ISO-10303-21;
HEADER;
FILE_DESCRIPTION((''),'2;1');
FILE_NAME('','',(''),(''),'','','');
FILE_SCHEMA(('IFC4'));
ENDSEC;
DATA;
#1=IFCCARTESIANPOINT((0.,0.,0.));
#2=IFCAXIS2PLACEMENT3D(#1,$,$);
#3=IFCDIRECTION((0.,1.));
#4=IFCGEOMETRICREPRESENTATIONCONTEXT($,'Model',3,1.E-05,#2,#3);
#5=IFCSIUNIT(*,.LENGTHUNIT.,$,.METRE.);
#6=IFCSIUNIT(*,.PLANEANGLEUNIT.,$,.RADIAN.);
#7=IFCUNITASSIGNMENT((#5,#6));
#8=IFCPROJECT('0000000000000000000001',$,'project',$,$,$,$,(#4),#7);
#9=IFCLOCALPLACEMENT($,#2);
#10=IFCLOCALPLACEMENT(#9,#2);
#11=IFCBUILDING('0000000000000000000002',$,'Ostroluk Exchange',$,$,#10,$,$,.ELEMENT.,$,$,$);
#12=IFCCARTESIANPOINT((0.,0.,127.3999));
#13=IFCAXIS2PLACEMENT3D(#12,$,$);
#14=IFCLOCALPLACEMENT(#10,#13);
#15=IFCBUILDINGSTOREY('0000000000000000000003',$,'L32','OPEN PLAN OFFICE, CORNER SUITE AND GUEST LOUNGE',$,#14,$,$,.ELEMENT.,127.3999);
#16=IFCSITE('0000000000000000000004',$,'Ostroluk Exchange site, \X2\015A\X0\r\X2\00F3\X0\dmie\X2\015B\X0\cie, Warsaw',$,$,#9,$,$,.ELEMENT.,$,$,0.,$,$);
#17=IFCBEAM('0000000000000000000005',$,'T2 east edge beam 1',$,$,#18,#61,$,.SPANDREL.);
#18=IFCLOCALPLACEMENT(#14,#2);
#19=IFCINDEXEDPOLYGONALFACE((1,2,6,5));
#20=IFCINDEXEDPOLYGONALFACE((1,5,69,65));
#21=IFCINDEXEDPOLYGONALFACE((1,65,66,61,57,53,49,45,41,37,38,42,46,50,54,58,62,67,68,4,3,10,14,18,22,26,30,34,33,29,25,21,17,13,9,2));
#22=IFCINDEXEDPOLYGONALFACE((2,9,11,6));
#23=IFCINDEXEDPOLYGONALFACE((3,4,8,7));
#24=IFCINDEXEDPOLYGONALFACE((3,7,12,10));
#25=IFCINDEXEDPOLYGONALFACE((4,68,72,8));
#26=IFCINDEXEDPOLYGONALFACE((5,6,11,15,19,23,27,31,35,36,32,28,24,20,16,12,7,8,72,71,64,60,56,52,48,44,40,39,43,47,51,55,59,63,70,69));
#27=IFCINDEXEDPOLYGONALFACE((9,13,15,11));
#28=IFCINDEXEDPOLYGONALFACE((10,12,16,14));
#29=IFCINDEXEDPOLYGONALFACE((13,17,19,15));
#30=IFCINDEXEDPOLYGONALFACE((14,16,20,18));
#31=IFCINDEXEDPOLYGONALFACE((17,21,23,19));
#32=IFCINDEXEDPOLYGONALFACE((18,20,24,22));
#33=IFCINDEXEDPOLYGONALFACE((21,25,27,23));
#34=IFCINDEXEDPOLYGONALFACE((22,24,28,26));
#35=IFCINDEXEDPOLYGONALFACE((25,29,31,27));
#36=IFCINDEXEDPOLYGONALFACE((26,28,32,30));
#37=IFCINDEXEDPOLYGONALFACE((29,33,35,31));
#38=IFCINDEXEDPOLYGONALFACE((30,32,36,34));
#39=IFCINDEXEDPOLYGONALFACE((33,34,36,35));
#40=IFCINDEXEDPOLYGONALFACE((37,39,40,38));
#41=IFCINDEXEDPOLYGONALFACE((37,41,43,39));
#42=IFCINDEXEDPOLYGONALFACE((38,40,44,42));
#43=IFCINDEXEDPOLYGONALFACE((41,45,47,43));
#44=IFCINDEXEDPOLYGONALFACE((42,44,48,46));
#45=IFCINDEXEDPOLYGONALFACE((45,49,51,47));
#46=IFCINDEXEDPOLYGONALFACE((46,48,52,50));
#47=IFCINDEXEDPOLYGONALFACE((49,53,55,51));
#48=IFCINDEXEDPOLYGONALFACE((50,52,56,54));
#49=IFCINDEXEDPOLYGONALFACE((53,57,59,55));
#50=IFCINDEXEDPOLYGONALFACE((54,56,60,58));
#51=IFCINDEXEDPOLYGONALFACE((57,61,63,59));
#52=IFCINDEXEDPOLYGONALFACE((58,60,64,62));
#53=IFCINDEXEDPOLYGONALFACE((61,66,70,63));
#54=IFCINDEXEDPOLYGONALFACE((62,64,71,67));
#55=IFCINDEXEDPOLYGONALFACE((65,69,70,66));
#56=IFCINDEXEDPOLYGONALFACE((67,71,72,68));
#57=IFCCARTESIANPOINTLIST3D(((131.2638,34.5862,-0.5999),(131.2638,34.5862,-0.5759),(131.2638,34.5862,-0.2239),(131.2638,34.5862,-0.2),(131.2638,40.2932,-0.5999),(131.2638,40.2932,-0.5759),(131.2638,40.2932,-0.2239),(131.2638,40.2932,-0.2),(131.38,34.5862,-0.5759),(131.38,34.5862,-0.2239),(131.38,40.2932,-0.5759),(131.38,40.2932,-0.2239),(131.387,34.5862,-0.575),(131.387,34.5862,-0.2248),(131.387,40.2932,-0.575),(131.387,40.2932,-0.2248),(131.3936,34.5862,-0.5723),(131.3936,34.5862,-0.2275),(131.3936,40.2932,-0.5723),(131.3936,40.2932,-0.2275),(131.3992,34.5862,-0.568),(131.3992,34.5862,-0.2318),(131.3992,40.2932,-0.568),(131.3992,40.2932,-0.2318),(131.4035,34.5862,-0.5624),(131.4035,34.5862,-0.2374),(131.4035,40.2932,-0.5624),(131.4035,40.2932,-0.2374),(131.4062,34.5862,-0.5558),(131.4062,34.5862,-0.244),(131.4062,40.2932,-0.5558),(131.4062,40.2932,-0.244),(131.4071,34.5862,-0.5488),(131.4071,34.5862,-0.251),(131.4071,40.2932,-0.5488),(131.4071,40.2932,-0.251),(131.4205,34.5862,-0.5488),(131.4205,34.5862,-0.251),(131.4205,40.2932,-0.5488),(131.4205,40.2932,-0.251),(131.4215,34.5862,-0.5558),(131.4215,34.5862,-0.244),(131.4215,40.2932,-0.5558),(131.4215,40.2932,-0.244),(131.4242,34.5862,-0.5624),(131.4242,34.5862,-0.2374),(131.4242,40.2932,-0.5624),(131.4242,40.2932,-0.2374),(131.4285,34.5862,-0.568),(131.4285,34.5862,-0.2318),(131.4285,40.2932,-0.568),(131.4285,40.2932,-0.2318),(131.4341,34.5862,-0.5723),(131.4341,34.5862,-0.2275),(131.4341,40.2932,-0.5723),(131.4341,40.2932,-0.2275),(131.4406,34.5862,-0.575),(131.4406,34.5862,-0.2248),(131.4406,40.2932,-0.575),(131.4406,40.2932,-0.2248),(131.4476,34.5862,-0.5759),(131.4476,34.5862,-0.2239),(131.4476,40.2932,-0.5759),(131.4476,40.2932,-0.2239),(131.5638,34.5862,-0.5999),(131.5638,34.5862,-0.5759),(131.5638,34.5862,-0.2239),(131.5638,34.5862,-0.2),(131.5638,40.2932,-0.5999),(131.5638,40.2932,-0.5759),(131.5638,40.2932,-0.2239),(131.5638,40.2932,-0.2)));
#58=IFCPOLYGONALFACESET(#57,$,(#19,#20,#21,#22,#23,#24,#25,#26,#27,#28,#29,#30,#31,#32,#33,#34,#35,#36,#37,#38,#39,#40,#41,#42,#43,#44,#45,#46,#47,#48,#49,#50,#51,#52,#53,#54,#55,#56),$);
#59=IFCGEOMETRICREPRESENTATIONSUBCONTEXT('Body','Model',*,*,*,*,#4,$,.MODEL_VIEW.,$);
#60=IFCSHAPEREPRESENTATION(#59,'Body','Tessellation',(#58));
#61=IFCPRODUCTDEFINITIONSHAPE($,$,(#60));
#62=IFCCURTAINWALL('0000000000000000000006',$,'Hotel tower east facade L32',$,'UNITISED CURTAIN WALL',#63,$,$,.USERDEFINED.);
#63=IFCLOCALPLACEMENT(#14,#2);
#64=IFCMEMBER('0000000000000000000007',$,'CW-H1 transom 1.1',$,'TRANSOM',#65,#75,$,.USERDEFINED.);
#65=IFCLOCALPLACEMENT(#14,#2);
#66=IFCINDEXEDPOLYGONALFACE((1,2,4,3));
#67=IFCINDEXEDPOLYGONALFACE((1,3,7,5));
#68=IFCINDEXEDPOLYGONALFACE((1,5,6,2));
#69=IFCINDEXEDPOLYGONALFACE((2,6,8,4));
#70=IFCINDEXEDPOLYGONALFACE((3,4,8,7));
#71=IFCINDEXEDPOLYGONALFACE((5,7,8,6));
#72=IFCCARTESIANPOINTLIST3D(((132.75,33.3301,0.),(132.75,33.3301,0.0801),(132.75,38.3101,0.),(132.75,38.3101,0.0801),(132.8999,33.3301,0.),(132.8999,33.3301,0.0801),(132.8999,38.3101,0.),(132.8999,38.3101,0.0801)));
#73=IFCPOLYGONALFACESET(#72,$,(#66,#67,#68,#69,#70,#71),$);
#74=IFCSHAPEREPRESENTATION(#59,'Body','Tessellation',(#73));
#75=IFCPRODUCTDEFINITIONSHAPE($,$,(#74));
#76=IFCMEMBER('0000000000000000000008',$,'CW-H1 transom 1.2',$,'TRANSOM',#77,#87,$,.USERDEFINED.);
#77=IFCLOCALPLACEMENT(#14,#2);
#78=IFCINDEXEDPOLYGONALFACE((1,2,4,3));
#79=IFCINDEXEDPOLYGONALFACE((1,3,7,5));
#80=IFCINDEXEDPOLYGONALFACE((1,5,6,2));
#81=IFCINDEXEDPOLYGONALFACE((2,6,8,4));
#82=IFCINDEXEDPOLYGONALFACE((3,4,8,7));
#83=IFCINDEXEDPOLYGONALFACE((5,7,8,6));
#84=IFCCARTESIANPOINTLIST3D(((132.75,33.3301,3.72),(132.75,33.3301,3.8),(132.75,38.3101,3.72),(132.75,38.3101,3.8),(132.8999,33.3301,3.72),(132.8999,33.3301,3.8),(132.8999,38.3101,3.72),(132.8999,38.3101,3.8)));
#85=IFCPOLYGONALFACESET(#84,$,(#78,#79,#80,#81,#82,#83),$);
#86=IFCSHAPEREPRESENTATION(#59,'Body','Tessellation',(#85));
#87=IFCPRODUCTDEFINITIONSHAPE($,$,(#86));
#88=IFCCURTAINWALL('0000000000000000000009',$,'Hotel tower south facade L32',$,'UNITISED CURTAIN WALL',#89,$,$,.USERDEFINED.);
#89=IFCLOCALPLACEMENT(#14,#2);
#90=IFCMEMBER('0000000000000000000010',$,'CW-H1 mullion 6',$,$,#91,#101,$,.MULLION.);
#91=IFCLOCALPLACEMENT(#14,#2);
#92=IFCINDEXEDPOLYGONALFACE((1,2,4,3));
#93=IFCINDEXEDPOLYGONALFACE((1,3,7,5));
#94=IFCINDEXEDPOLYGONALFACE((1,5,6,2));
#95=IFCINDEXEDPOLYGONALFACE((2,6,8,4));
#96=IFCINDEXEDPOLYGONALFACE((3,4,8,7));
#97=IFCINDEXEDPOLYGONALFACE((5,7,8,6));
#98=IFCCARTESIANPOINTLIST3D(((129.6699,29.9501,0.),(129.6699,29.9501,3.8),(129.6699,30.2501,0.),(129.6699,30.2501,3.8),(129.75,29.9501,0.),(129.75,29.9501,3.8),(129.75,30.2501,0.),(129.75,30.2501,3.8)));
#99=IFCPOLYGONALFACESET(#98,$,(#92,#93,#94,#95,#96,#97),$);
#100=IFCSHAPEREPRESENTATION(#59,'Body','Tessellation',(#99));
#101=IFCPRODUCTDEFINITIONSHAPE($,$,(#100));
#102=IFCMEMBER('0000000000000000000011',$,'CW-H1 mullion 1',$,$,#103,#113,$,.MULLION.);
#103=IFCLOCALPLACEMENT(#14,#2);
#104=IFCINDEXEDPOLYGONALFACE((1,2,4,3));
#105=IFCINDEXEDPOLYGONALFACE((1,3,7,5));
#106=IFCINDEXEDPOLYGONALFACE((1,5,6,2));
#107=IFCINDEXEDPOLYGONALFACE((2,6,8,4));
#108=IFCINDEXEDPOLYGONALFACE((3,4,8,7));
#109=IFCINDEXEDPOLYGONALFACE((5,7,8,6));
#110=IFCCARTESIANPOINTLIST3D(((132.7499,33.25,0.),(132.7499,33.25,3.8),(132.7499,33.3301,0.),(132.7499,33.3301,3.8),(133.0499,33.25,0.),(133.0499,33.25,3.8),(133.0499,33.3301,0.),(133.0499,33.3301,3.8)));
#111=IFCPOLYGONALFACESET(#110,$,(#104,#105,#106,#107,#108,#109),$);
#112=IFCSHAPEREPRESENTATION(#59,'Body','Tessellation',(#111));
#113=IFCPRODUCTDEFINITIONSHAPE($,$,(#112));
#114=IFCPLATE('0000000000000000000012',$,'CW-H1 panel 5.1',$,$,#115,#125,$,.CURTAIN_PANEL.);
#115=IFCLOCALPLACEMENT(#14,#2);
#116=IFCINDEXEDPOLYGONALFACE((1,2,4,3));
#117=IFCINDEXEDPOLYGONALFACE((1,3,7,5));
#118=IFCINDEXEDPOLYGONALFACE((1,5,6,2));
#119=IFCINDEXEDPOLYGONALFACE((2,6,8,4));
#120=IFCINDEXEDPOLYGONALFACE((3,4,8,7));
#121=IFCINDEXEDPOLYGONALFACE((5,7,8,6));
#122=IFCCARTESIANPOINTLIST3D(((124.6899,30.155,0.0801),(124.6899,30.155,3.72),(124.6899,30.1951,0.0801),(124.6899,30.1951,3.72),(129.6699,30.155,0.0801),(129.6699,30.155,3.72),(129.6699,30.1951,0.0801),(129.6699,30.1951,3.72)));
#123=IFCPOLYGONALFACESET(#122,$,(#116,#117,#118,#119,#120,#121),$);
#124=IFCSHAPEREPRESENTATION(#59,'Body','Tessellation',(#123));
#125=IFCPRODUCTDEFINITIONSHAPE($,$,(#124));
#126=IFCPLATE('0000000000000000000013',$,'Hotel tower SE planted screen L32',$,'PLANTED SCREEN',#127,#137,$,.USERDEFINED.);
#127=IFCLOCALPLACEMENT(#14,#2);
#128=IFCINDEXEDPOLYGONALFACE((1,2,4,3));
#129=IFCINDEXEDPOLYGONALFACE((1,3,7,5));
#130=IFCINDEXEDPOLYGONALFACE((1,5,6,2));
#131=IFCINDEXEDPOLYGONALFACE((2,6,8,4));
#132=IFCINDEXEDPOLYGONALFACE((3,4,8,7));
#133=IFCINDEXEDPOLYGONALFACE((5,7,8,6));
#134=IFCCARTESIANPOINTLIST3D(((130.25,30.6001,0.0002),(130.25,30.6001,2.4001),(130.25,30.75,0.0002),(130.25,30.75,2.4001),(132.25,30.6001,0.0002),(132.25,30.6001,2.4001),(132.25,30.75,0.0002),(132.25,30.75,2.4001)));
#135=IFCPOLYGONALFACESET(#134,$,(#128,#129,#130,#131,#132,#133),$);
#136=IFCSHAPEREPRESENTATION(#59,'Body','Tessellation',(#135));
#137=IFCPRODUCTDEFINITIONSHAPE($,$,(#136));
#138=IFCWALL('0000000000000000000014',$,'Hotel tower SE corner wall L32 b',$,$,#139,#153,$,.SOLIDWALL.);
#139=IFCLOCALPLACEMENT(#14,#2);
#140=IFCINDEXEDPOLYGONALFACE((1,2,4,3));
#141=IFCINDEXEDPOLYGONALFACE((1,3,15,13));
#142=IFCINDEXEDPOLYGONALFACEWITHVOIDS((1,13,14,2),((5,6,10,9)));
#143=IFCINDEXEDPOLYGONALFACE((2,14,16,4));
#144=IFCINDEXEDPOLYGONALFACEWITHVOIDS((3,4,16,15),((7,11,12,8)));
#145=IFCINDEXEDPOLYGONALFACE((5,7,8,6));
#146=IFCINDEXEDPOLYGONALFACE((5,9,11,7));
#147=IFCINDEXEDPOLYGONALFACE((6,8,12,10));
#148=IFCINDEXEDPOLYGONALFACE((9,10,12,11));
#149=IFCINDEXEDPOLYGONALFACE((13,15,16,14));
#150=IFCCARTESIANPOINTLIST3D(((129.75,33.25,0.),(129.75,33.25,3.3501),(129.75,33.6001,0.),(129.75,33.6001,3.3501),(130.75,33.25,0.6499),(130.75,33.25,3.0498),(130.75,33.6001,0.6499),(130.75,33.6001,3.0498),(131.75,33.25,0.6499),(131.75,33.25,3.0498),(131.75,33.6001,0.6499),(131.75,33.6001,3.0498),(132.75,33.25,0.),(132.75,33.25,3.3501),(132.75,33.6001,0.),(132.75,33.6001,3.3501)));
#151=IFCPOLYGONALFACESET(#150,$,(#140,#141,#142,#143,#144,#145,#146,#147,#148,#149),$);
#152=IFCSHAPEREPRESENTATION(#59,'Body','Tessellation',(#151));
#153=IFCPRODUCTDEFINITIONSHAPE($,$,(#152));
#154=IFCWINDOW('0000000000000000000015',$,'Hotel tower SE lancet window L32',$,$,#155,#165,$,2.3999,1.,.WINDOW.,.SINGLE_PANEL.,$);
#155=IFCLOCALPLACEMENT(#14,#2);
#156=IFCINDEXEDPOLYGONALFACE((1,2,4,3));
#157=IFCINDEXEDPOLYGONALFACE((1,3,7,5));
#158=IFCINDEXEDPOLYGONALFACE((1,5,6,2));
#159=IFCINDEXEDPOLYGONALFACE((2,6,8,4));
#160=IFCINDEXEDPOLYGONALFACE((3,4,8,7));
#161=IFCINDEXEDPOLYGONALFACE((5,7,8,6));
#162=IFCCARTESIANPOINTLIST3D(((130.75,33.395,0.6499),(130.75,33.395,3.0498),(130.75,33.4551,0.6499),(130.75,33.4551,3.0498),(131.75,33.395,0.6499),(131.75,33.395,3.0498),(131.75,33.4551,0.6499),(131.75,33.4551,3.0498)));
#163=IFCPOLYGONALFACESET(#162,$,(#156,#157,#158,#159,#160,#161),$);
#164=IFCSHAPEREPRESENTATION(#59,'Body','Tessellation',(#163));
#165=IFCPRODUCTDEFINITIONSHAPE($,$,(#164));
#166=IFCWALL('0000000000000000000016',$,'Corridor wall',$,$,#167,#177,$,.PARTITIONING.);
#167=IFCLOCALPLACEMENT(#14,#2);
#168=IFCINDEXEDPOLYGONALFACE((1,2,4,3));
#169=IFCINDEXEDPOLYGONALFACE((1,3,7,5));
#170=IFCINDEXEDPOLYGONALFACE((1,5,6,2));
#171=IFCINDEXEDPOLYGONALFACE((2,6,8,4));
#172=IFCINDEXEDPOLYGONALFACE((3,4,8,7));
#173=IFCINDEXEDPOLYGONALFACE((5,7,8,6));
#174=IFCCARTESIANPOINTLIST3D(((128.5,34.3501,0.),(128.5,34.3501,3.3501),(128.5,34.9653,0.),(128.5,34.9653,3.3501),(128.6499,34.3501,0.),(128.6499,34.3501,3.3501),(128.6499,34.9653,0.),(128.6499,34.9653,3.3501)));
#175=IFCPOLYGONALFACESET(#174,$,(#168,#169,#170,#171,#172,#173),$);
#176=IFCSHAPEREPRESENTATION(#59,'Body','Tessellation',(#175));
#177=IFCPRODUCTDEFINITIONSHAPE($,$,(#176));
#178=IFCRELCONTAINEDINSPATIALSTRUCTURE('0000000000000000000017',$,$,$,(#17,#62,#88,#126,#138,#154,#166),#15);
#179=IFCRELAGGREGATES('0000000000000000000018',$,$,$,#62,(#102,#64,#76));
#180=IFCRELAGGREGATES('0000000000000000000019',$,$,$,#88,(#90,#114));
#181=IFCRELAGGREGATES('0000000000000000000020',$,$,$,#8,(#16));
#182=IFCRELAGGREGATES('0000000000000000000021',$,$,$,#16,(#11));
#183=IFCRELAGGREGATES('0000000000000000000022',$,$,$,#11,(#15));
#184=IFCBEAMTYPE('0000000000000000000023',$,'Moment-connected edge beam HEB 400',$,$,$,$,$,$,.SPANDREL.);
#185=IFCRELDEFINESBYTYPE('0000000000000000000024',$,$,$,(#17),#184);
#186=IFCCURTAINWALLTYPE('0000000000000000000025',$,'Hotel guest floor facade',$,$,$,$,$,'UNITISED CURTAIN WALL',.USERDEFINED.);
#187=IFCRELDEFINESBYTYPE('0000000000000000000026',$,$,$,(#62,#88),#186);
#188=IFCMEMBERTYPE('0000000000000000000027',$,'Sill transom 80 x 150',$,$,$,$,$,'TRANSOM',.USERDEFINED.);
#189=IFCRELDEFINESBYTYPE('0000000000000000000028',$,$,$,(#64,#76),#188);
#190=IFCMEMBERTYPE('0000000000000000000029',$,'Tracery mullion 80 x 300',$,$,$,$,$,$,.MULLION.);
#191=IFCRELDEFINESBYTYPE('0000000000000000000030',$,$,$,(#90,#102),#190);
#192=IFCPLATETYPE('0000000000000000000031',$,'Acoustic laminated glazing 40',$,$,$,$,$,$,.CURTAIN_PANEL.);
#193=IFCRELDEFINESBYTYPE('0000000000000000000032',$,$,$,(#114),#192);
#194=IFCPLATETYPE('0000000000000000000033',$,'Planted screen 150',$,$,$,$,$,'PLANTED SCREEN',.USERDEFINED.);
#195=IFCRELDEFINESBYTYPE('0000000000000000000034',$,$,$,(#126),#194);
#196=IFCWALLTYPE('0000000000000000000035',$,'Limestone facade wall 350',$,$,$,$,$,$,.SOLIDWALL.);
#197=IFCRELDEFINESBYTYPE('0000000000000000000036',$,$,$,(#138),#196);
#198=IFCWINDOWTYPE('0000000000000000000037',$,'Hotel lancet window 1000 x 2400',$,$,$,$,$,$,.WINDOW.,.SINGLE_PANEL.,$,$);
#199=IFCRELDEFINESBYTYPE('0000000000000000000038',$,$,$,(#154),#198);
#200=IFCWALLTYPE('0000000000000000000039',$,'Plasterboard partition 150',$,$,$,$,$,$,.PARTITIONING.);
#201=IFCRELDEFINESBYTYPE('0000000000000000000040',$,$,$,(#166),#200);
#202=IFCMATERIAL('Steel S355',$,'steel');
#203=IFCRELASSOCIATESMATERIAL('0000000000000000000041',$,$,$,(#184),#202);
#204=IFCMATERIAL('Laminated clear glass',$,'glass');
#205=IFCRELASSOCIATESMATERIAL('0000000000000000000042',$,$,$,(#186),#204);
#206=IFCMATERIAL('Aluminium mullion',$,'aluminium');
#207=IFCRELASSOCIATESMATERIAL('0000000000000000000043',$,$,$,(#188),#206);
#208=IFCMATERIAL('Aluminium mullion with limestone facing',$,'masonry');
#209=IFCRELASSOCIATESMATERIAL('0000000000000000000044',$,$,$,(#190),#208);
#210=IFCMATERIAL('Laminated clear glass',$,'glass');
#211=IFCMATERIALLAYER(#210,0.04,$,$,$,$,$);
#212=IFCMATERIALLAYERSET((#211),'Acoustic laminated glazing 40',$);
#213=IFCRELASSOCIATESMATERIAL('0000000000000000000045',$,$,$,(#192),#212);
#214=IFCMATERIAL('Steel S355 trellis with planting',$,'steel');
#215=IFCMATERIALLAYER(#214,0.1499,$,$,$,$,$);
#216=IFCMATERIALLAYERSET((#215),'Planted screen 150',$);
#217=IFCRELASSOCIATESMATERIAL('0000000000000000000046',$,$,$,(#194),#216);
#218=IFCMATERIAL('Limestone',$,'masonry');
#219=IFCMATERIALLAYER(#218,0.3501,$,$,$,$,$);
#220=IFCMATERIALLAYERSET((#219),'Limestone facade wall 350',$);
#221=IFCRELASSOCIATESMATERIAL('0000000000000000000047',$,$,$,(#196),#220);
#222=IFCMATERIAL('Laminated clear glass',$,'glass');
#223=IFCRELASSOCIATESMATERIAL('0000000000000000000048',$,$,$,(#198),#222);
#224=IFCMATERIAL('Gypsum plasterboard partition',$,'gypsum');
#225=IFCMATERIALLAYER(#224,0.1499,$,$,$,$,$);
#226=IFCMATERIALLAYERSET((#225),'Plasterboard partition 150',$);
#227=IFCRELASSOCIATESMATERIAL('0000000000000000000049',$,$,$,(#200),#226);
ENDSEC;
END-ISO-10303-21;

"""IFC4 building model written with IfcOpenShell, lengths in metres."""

from ifc_helpers import new_model, si_unit, direction, frame, frame_2d, origin, origin_2d, place, context, subcontext, project, spatial, rectangle, i_section, extrude, material, layer, layer_set, material_profile, profile_set, type_object, element, fill, aggregate, save


model = new_model("IFC4")

# Units and contexts
model_context = context("Model", 3, precision=1e-05, world=origin(), true_north=direction((0.0, 1.0)))
body_context = subcontext(model_context, "Body", "Model", "MODEL_VIEW")
ifc_project = project(units=[si_unit("LENGTHUNIT", "METRE"), si_unit("PLANEANGLEUNIT", "RADIAN")], contexts=[model_context])

# Site, building, storey
site_placement = place(None, origin())
site = spatial("IfcSite", under=ifc_project, at=site_placement, Name="Ostroluk Exchange site, Śródmieście, Warsaw", CompositionType="ELEMENT", RefElevation=0.0)
building_placement = place(site_placement, origin())
building = spatial("IfcBuilding", under=site, at=building_placement, Name="Ostroluk Exchange", CompositionType="ELEMENT")
storey_placement = place(building_placement, frame((0.0, 0.0, 127.3999)))
storey = spatial("IfcBuildingStorey", under=building, at=storey_placement, Name="L32", Description="OPEN PLAN OFFICE, CORNER SUITE AND GUEST LOUNGE", CompositionType="ELEMENT", Elevation=127.3999)

# Beam
ifc_material_1 = material(Name="Steel S355", Category="steel")
ifc_material_profile_1 = material_profile(ifc_material_1, i_section(OverallWidth=0.3, OverallDepth=0.3999, WebThickness=0.0134, FlangeThickness=0.0239, FilletRadius=0.0271, at=origin_2d()), Name="HEB 400")
ifc_profile_set_1 = profile_set([ifc_material_profile_1], Name="Steel S355")
beam_type_1 = type_object("IfcBeamType", Name="Moment-connected edge beam HEB 400", PredefinedType="SPANDREL", material=ifc_profile_set_1)
beam_placement = place(storey_placement, frame((131.4138, 34.5862, -0.3999), z_axis=(0.0, 1.0, 0.0), x_axis=(-1.0, 0.0, 0.0)))
element("IfcBeam", 1, at=beam_placement, inside=storey, type_object=beam_type_1, Name="T2 east edge beam 1", PredefinedType="SPANDREL", context=body_context, shape_type="SweptSolid", body=[
    extrude(i_section(OverallWidth=0.3, OverallDepth=0.3999, WebThickness=0.0134, FlangeThickness=0.0239, FilletRadius=0.0271, at=origin_2d()), origin(), (0.0, 0.0, 1.0), 5.707),
])

# Curtain wall, members
ifc_material_2 = material(Name="Laminated clear glass", Category="glass")
curtain_wall_type = type_object("IfcCurtainWallType", Name="Hotel guest floor facade", ElementType="UNITISED CURTAIN WALL", PredefinedType="USERDEFINED", material=ifc_material_2)
curtain_wall_1_placement = place(storey_placement, origin())
curtain_wall_1 = element("IfcCurtainWall", 2, at=curtain_wall_1_placement, inside=storey, type_object=curtain_wall_type, Name="Hotel tower east facade L32", ObjectType="UNITISED CURTAIN WALL", PredefinedType="USERDEFINED")
ifc_material_3 = material(Name="Aluminium mullion", Category="aluminium")
ifc_material_profile_2 = material_profile(ifc_material_3, rectangle(XDim=0.1499, YDim=0.0801, at=origin_2d()), Name="Sill transom 80 x 150")
ifc_profile_set_2 = profile_set([ifc_material_profile_2], Name="Aluminium mullion")
member_type_1 = type_object("IfcMemberType", Name="Sill transom 80 x 150", ElementType="TRANSOM", PredefinedType="USERDEFINED", material=ifc_profile_set_2)
member_1_placement = place(storey_placement, frame((132.825, 33.3301, 0.04), z_axis=(0.0, 1.0, 0.0), x_axis=(-1.0, 0.0, 0.0)))
member_1 = element("IfcMember", 3, at=member_1_placement, type_object=member_type_1, Name="CW-H1 transom 1.1", ObjectType="TRANSOM", PredefinedType="USERDEFINED", context=body_context, shape_type="SweptSolid", body=[
    extrude(rectangle(XDim=0.1499, YDim=0.0801, at=origin_2d()), origin(), (0.0, 0.0, 1.0), 4.98),
])
member_2_placement = place(storey_placement, frame((132.825, 33.3301, 3.76), z_axis=(0.0, 1.0, 0.0), x_axis=(-1.0, 0.0, 0.0)))
member_2 = element("IfcMember", 4, at=member_2_placement, type_object=member_type_1, Name="CW-H1 transom 1.2", ObjectType="TRANSOM", PredefinedType="USERDEFINED", context=body_context, shape_type="SweptSolid", body=[
    extrude(rectangle(XDim=0.1499, YDim=0.0801, at=origin_2d()), origin(), (0.0, 0.0, 1.0), 4.98),
])

# Curtain wall, member
curtain_wall_2_placement = place(storey_placement, origin())
curtain_wall_2 = element("IfcCurtainWall", 5, at=curtain_wall_2_placement, inside=storey, type_object=curtain_wall_type, Name="Hotel tower south facade L32", ObjectType="UNITISED CURTAIN WALL", PredefinedType="USERDEFINED")
ifc_material_4 = material(Name="Aluminium mullion with limestone facing", Category="masonry")
ifc_material_profile_3 = material_profile(ifc_material_4, rectangle(XDim=0.3, YDim=0.0801, at=origin_2d()), Name="Tracery mullion 80 x 300")
ifc_profile_set_3 = profile_set([ifc_material_profile_3], Name="Aluminium mullion with limestone facing")
member_type_2 = type_object("IfcMemberType", Name="Tracery mullion 80 x 300", PredefinedType="MULLION", material=ifc_profile_set_3)
member_3_placement = place(storey_placement, frame((129.71, 30.1001, 0.0), z_axis=(0.0, 0.0, 1.0), x_axis=(0.0, 1.0, 0.0)))
member_3 = element("IfcMember", 6, at=member_3_placement, type_object=member_type_2, Name="CW-H1 mullion 6", PredefinedType="MULLION", context=body_context, shape_type="SweptSolid", body=[
    extrude(rectangle(XDim=0.3, YDim=0.0801, at=origin_2d()), origin(), (0.0, 0.0, 1.0), 3.8),
])

# Member
member_4_placement = place(storey_placement, frame((132.8999, 33.29, 0.0), z_axis=(0.0, 0.0, 1.0), x_axis=(-1.0, 0.0, 0.0)))
member_4 = element("IfcMember", 7, at=member_4_placement, type_object=member_type_2, Name="CW-H1 mullion 1", PredefinedType="MULLION", context=body_context, shape_type="SweptSolid", body=[
    extrude(rectangle(XDim=0.3, YDim=0.0801, at=origin_2d()), origin(), (0.0, 0.0, 1.0), 3.8),
])
aggregate(curtain_wall_1, [member_4, member_1, member_2])

# Plates
ifc_material_5 = material(Name="Laminated clear glass", Category="glass")
ifc_layer_1 = layer(ifc_material_5, 0.04)
ifc_layer_set_1 = layer_set([ifc_layer_1], Name="Acoustic laminated glazing 40")
plate_type_1 = type_object("IfcPlateType", Name="Acoustic laminated glazing 40", PredefinedType="CURTAIN_PANEL", material=ifc_layer_set_1)
plate_1_placement = place(storey_placement, frame((127.1799, 30.175, 0.0801), z_axis=(0.0, 0.0, 1.0), x_axis=(1.0, 0.0, 0.0)))
plate_1 = element("IfcPlate", 8, at=plate_1_placement, type_object=plate_type_1, Name="CW-H1 panel 5.1", PredefinedType="CURTAIN_PANEL", context=body_context, shape_type="SweptSolid", body=[
    extrude(rectangle(XDim=4.98, YDim=0.04, at=origin_2d()), origin(), (0.0, 0.0, 1.0), 3.6399),
])
aggregate(curtain_wall_2, [member_3, plate_1])
ifc_material_6 = material(Name="Steel S355 trellis with planting", Category="steel")
ifc_layer_2 = layer(ifc_material_6, 0.1499)
ifc_layer_set_2 = layer_set([ifc_layer_2], Name="Planted screen 150")
plate_type_2 = type_object("IfcPlateType", Name="Planted screen 150", ElementType="PLANTED SCREEN", PredefinedType="USERDEFINED", material=ifc_layer_set_2)
plate_2_placement = place(storey_placement, frame((131.25, 30.675, 0.0002), z_axis=(0.0, 0.0, 1.0), x_axis=(1.0, 0.0, 0.0)))
element("IfcPlate", 9, at=plate_2_placement, inside=storey, type_object=plate_type_2, Name="Hotel tower SE planted screen L32", ObjectType="PLANTED SCREEN", PredefinedType="USERDEFINED", context=body_context, shape_type="SweptSolid", body=[
    extrude(rectangle(XDim=2.0, YDim=0.1499, at=origin_2d()), origin(), (0.0, 0.0, 1.0), 2.3999),
])

# Shared definitions
ifc_material_7 = material(Name="Limestone", Category="masonry")
ifc_layer_3 = layer(ifc_material_7, 0.3501)
ifc_layer_set_3 = layer_set([ifc_layer_3], Name="Limestone facade wall 350")
wall_type_1 = type_object("IfcWallType", Name="Limestone facade wall 350", PredefinedType="SOLIDWALL", material=ifc_layer_set_3)

# Wall, opening, window
wall_1_placement = place(storey_placement, frame((129.75, 33.425, 0.0), z_axis=(0.0, 0.0, 1.0), x_axis=(1.0, 0.0, 0.0)))
wall_1 = element("IfcWall", 10, at=wall_1_placement, inside=storey, type_object=wall_type_1, Name="Hotel tower SE corner wall L32 b", PredefinedType="SOLIDWALL", context=body_context, shape_type="SweptSolid", body=[
    extrude(rectangle(XDim=3.0, YDim=0.3501, at=frame_2d((1.5, 0.0))), origin(), (0.0, 0.0, 1.0), 3.3501),
])
opening_1_placement = place(wall_1_placement, frame((1.0, 0.0, 0.6499)))
opening_1 = element("IfcOpeningElement", 11, at=opening_1_placement, cuts=wall_1, PredefinedType="OPENING", context=body_context, shape_type="SweptSolid", body=[
    extrude(rectangle(XDim=1.0, YDim=2.3999, at=frame_2d((0.5, 1.2))), frame((0.0, 0.1851, 0.0), z_axis=(0.0, -1.0, 0.0), x_axis=(1.0, 0.0, 0.0)), (0.0, 0.0, 1.0), 0.3701),
])
ifc_material_8 = material(Name="Laminated clear glass", Category="glass")
window_type = type_object("IfcWindowType", Name="Hotel lancet window 1000 x 2400", PartitioningType="SINGLE_PANEL", PredefinedType="WINDOW", material=ifc_material_8)
window_placement = place(opening_1_placement, origin())
window = element("IfcWindow", 12, at=window_placement, inside=storey, type_object=window_type, Name="Hotel tower SE lancet window L32", OverallHeight=2.3999, OverallWidth=1.0, PartitioningType="SINGLE_PANEL", PredefinedType="WINDOW", context=body_context, shape_type="SweptSolid", body=[
    extrude(rectangle(XDim=1.0, YDim=2.3999, at=frame_2d((0.5, 1.2))), frame((0.0, 0.03, 0.0), z_axis=(0.0, -1.0, 0.0), x_axis=(1.0, 0.0, 0.0)), (0.0, 0.0, 1.0), 0.0601),
])
fill(opening_1, window)

# Wall
ifc_material_9 = material(Name="Gypsum plasterboard partition", Category="gypsum")
ifc_layer_4 = layer(ifc_material_9, 0.1499)
ifc_layer_set_4 = layer_set([ifc_layer_4], Name="Plasterboard partition 150")
wall_type_2 = type_object("IfcWallType", Name="Plasterboard partition 150", PredefinedType="PARTITIONING", material=ifc_layer_set_4)
wall_2_placement = place(storey_placement, frame((128.575, 34.3501, 0.0), z_axis=(0.0, 0.0, 1.0), x_axis=(0.0, 1.0, 0.0)))
element("IfcWall", 13, at=wall_2_placement, inside=storey, type_object=wall_type_2, Name="Corridor wall", PredefinedType="PARTITIONING", context=body_context, shape_type="SweptSolid", body=[
    extrude(rectangle(XDim=0.6152, YDim=0.1499, at=frame_2d((0.3076, 0.0))), origin(), (0.0, 0.0, 1.0), 3.3501),
])

save(model, "model.ifc")
